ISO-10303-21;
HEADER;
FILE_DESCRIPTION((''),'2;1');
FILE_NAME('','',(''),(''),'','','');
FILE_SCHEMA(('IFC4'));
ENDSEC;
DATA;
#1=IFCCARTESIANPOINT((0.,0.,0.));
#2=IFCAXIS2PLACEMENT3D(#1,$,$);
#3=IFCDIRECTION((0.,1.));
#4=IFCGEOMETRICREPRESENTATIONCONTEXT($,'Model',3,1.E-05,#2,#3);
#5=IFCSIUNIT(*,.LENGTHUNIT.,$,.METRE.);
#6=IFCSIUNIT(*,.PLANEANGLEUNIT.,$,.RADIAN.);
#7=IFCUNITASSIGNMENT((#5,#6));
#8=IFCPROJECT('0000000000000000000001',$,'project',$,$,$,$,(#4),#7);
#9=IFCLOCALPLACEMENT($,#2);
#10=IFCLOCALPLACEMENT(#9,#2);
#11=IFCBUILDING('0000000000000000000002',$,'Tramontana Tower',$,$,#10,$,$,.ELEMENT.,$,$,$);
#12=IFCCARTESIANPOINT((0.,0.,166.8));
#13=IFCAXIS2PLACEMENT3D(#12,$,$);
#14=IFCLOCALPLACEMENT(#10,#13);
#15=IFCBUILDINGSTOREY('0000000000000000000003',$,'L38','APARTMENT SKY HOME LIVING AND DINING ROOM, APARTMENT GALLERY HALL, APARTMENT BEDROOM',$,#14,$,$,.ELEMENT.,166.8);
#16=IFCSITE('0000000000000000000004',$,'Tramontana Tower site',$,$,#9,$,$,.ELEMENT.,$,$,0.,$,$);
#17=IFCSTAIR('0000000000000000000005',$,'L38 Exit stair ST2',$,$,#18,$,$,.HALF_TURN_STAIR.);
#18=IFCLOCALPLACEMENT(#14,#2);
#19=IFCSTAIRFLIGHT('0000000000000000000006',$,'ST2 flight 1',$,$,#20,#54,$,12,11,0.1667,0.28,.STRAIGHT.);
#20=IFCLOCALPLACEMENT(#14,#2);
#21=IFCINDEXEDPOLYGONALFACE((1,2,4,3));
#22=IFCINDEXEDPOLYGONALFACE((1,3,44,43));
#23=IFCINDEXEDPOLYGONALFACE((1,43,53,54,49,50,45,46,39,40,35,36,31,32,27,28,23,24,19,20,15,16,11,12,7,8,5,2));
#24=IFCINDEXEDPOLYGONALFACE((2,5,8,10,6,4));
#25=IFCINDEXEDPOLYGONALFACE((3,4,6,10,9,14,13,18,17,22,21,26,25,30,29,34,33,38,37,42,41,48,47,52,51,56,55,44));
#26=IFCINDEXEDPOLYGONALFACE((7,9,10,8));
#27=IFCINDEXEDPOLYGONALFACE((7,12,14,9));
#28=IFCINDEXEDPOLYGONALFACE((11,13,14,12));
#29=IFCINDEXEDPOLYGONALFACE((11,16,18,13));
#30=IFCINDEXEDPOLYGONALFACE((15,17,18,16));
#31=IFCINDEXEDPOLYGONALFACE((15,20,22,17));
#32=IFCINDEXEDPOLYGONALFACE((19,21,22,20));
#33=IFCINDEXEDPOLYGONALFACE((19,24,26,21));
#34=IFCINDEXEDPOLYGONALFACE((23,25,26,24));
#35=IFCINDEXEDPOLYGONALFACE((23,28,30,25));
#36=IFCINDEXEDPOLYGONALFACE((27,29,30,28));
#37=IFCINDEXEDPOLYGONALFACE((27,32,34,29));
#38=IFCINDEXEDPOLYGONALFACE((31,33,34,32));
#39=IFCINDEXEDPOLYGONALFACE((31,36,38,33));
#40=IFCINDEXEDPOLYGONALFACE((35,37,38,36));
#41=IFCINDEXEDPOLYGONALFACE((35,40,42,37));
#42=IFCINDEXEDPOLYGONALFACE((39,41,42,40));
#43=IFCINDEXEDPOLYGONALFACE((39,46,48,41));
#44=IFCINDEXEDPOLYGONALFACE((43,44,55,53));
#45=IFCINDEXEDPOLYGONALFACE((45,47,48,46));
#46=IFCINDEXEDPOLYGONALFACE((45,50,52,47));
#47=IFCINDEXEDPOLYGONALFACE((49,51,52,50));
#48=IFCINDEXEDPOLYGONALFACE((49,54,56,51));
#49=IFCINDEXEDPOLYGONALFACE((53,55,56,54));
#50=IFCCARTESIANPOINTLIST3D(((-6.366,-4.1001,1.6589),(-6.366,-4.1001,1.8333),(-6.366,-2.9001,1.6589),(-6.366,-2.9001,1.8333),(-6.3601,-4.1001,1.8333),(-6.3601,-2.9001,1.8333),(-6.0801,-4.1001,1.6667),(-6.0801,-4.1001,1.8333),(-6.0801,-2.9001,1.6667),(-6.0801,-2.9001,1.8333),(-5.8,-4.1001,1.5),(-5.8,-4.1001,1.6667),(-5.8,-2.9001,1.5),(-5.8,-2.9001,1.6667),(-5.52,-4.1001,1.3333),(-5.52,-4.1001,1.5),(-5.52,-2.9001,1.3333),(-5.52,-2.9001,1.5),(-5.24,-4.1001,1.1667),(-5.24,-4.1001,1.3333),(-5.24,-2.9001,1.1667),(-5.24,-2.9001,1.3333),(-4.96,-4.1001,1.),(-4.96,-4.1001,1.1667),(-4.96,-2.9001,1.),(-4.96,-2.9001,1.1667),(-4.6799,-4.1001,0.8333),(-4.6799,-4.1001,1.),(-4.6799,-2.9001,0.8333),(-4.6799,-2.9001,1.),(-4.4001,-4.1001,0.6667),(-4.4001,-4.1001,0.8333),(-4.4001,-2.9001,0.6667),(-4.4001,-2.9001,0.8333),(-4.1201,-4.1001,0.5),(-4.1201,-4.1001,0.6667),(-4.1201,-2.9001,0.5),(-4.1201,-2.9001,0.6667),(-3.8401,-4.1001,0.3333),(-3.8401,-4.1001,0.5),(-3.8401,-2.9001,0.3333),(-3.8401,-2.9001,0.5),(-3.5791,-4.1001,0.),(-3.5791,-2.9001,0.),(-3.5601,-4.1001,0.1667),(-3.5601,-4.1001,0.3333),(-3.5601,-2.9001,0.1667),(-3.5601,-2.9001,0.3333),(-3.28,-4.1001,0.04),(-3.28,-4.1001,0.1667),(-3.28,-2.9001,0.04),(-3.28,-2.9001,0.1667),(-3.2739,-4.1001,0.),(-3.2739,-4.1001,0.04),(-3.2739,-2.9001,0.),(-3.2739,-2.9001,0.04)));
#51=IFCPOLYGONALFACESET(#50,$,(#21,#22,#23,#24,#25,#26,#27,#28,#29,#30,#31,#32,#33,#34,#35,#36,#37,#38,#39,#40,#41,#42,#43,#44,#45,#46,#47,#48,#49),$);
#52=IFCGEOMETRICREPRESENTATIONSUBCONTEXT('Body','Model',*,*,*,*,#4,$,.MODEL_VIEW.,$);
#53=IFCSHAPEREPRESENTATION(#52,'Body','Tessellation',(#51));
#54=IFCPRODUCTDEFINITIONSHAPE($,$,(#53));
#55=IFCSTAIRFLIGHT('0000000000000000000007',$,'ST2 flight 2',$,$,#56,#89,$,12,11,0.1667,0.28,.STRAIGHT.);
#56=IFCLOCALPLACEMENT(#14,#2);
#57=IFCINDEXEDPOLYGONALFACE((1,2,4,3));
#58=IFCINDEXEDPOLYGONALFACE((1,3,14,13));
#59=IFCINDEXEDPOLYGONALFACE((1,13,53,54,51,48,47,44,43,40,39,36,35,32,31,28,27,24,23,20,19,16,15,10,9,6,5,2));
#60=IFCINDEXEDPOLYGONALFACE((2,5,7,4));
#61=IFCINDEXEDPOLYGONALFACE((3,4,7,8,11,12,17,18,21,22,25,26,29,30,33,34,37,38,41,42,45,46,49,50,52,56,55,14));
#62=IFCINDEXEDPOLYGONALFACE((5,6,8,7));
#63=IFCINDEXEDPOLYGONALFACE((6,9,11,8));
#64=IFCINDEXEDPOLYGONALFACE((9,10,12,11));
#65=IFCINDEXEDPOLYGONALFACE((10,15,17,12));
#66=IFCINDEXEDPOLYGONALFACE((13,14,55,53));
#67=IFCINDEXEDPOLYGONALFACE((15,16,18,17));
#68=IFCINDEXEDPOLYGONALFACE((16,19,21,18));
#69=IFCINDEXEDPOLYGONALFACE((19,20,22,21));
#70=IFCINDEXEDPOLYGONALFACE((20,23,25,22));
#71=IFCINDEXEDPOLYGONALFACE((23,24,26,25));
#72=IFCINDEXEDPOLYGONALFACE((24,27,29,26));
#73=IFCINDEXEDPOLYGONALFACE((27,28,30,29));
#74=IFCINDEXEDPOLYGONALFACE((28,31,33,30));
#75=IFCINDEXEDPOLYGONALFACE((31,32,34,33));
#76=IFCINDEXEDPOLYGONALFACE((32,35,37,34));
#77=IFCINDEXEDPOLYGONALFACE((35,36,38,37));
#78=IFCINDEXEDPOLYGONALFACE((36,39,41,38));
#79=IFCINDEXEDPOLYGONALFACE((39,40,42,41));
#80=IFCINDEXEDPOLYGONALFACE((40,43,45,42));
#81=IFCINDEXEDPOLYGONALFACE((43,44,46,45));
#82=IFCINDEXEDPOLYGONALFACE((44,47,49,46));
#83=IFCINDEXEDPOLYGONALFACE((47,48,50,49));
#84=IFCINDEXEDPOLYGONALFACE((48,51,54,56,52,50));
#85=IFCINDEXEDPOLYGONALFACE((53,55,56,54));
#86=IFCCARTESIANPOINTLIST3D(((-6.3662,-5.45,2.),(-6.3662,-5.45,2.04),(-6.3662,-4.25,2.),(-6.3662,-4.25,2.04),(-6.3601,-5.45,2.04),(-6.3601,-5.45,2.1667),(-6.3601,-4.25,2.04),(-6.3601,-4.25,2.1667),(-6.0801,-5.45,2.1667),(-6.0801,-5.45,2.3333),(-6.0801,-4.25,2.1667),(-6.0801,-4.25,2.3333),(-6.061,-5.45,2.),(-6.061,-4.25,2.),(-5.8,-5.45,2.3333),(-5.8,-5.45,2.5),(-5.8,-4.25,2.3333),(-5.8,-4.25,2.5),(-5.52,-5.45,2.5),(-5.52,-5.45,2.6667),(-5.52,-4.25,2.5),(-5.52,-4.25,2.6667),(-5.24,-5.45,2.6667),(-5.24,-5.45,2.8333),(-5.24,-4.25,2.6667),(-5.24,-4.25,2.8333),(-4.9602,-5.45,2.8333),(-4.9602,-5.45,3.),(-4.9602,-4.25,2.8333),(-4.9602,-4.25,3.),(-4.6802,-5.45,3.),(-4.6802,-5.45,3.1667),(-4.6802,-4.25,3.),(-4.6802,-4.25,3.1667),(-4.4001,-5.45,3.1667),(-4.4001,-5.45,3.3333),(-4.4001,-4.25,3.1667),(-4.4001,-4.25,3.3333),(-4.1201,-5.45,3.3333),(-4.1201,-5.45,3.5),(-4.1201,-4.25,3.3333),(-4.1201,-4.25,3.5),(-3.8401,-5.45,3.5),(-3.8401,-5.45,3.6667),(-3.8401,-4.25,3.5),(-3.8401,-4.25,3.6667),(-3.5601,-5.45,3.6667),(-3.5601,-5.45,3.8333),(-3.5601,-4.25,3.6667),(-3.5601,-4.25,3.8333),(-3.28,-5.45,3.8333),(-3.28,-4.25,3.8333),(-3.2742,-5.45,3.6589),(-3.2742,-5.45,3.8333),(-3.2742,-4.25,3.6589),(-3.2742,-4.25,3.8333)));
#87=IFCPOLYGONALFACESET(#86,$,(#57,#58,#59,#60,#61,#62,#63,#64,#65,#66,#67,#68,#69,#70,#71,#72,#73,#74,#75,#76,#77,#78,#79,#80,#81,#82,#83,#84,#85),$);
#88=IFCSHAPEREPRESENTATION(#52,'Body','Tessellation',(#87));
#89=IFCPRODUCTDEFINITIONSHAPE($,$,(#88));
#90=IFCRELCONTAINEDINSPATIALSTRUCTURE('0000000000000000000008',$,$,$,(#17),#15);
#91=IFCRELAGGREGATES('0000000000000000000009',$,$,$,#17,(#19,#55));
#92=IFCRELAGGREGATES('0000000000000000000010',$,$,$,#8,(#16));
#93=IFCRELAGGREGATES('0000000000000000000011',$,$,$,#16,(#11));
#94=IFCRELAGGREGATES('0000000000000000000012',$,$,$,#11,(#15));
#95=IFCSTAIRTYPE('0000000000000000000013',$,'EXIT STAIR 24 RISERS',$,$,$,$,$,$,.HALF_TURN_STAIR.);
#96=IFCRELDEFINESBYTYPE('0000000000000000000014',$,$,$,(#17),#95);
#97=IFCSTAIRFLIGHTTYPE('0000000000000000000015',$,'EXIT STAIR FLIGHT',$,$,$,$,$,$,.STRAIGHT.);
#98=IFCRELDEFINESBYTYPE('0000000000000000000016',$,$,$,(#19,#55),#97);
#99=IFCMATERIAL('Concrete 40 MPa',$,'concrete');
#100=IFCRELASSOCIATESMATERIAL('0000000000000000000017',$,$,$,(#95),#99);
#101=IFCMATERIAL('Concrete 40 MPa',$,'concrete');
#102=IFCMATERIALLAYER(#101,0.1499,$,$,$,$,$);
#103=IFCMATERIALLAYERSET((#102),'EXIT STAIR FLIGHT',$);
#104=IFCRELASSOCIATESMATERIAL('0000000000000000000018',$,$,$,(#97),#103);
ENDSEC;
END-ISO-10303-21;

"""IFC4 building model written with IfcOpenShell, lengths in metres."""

from ifc_helpers import new_model, si_unit, direction, frame, origin, place, context, subcontext, project, spatial, polyline, outline, extrude, material, layer, layer_set, type_object, element, aggregate, save


model = new_model("IFC4")

# Units and contexts
model_context = context("Model", 3, precision=1e-05, world=origin(), true_north=direction((0.0, 1.0)))
body_context = subcontext(model_context, "Body", "Model", "MODEL_VIEW")
ifc_project = project(units=[si_unit("LENGTHUNIT", "METRE"), si_unit("PLANEANGLEUNIT", "RADIAN")], contexts=[model_context])

# Site, building, storey
site_placement = place(None, origin())
site = spatial("IfcSite", under=ifc_project, at=site_placement, Name="Tramontana Tower site", CompositionType="ELEMENT", RefElevation=0.0)
building_placement = place(site_placement, origin())
building = spatial("IfcBuilding", under=site, at=building_placement, Name="Tramontana Tower", CompositionType="ELEMENT")
storey_placement = place(building_placement, frame((0.0, 0.0, 166.8)))
storey = spatial("IfcBuildingStorey", under=building, at=storey_placement, Name="L38", Description="APARTMENT SKY HOME LIVING AND DINING ROOM, APARTMENT GALLERY HALL, APARTMENT BEDROOM", CompositionType="ELEMENT", Elevation=166.8)

# Stair, stair flights
ifc_material_1 = material(Name="Concrete 40 MPa", Category="concrete")
stair_type = type_object("IfcStairType", Name="EXIT STAIR 24 RISERS", PredefinedType="HALF_TURN_STAIR", material=ifc_material_1)
stair_placement = place(storey_placement, origin())
stair = element("IfcStair", 1, at=stair_placement, inside=storey, type_object=stair_type, Name="L38 Exit stair ST2", PredefinedType="HALF_TURN_STAIR")
ifc_material_2 = material(Name="Concrete 40 MPa", Category="concrete")
ifc_layer_1 = layer(ifc_material_2, 0.1499)
ifc_layer_set_1 = layer_set([ifc_layer_1], Name="EXIT STAIR FLIGHT")
stair_flight_type = type_object("IfcStairFlightType", Name="EXIT STAIR FLIGHT", PredefinedType="STRAIGHT", material=ifc_layer_set_1)
stair_flight_1_placement = place(storey_placement, frame((-3.28, -3.5, 0.0), z_axis=(0.0, 0.0, 1.0), x_axis=(-1.0, 0.0, 0.0)))
stair_flight_1 = element("IfcStairFlight", 2, at=stair_flight_1_placement, type_object=stair_flight_type, Name="ST2 flight 1", NumberOfRisers=12, NumberOfTreads=11, PredefinedType="STRAIGHT", RiserHeight=0.1667, TreadLength=0.28, context=body_context, shape_type="SweptSolid", body=[
    extrude(outline(polyline([(-0.0061, 0.0), (-0.0061, 0.04), (0.0, 0.04), (0.0, 0.1667), (0.28, 0.1667), (0.28, 0.3333), (0.5601, 0.3333), (0.5601, 0.5), (0.8401, 0.5), (0.8401, 0.6667), (1.1201, 0.6667), (1.1201, 0.8333), (1.3999, 0.8333), (1.3999, 1.0), (1.6799, 1.0), (1.6799, 1.1667), (1.96, 1.1667), (1.96, 1.3333), (2.24, 1.3333), (2.24, 1.5), (2.52, 1.5), (2.52, 1.6667), (2.8, 1.6667), (2.8, 1.8333), (3.0801, 1.8333), (3.0859, 1.8333), (3.0859, 1.6589), (0.2991, 0.0), (-0.0061, 0.0)])), frame((0.0, 0.6001, 0.0), z_axis=(0.0, -1.0, 0.0), x_axis=(1.0, 0.0, 0.0)), (0.0, 0.0, 1.0), 1.2),
])
stair_flight_2_placement = place(storey_placement, frame((-6.3601, -4.8501, 2.0), z_axis=(0.0, 0.0, 1.0), x_axis=(1.0, 0.0, 0.0)))
stair_flight_2 = element("IfcStairFlight", 3, at=stair_flight_2_placement, type_object=stair_flight_type, Name="ST2 flight 2", NumberOfRisers=12, NumberOfTreads=11, PredefinedType="STRAIGHT", RiserHeight=0.1667, TreadLength=0.28, context=body_context, shape_type="SweptSolid", body=[
    extrude(outline(polyline([(-0.0061, 0.0), (-0.0061, 0.04), (0.0, 0.04), (0.0, 0.1667), (0.28, 0.1667), (0.28, 0.3333), (0.5601, 0.3333), (0.5601, 0.5), (0.8401, 0.5), (0.8401, 0.6667), (1.1201, 0.6667), (1.1201, 0.8333), (1.3999, 0.8333), (1.3999, 1.0), (1.6799, 1.0), (1.6799, 1.1667), (1.96, 1.1667), (1.96, 1.3333), (2.24, 1.3333), (2.24, 1.5), (2.52, 1.5), (2.52, 1.6667), (2.8, 1.6667), (2.8, 1.8333), (3.0801, 1.8333), (3.0859, 1.8333), (3.0859, 1.6589), (0.2991, 0.0), (-0.0061, 0.0)])), frame((0.0, 0.6001, 0.0), z_axis=(0.0, -1.0, 0.0), x_axis=(1.0, 0.0, 0.0)), (0.0, 0.0, 1.0), 1.2),
])
aggregate(stair, [stair_flight_1, stair_flight_2])

save(model, "model.ifc")
